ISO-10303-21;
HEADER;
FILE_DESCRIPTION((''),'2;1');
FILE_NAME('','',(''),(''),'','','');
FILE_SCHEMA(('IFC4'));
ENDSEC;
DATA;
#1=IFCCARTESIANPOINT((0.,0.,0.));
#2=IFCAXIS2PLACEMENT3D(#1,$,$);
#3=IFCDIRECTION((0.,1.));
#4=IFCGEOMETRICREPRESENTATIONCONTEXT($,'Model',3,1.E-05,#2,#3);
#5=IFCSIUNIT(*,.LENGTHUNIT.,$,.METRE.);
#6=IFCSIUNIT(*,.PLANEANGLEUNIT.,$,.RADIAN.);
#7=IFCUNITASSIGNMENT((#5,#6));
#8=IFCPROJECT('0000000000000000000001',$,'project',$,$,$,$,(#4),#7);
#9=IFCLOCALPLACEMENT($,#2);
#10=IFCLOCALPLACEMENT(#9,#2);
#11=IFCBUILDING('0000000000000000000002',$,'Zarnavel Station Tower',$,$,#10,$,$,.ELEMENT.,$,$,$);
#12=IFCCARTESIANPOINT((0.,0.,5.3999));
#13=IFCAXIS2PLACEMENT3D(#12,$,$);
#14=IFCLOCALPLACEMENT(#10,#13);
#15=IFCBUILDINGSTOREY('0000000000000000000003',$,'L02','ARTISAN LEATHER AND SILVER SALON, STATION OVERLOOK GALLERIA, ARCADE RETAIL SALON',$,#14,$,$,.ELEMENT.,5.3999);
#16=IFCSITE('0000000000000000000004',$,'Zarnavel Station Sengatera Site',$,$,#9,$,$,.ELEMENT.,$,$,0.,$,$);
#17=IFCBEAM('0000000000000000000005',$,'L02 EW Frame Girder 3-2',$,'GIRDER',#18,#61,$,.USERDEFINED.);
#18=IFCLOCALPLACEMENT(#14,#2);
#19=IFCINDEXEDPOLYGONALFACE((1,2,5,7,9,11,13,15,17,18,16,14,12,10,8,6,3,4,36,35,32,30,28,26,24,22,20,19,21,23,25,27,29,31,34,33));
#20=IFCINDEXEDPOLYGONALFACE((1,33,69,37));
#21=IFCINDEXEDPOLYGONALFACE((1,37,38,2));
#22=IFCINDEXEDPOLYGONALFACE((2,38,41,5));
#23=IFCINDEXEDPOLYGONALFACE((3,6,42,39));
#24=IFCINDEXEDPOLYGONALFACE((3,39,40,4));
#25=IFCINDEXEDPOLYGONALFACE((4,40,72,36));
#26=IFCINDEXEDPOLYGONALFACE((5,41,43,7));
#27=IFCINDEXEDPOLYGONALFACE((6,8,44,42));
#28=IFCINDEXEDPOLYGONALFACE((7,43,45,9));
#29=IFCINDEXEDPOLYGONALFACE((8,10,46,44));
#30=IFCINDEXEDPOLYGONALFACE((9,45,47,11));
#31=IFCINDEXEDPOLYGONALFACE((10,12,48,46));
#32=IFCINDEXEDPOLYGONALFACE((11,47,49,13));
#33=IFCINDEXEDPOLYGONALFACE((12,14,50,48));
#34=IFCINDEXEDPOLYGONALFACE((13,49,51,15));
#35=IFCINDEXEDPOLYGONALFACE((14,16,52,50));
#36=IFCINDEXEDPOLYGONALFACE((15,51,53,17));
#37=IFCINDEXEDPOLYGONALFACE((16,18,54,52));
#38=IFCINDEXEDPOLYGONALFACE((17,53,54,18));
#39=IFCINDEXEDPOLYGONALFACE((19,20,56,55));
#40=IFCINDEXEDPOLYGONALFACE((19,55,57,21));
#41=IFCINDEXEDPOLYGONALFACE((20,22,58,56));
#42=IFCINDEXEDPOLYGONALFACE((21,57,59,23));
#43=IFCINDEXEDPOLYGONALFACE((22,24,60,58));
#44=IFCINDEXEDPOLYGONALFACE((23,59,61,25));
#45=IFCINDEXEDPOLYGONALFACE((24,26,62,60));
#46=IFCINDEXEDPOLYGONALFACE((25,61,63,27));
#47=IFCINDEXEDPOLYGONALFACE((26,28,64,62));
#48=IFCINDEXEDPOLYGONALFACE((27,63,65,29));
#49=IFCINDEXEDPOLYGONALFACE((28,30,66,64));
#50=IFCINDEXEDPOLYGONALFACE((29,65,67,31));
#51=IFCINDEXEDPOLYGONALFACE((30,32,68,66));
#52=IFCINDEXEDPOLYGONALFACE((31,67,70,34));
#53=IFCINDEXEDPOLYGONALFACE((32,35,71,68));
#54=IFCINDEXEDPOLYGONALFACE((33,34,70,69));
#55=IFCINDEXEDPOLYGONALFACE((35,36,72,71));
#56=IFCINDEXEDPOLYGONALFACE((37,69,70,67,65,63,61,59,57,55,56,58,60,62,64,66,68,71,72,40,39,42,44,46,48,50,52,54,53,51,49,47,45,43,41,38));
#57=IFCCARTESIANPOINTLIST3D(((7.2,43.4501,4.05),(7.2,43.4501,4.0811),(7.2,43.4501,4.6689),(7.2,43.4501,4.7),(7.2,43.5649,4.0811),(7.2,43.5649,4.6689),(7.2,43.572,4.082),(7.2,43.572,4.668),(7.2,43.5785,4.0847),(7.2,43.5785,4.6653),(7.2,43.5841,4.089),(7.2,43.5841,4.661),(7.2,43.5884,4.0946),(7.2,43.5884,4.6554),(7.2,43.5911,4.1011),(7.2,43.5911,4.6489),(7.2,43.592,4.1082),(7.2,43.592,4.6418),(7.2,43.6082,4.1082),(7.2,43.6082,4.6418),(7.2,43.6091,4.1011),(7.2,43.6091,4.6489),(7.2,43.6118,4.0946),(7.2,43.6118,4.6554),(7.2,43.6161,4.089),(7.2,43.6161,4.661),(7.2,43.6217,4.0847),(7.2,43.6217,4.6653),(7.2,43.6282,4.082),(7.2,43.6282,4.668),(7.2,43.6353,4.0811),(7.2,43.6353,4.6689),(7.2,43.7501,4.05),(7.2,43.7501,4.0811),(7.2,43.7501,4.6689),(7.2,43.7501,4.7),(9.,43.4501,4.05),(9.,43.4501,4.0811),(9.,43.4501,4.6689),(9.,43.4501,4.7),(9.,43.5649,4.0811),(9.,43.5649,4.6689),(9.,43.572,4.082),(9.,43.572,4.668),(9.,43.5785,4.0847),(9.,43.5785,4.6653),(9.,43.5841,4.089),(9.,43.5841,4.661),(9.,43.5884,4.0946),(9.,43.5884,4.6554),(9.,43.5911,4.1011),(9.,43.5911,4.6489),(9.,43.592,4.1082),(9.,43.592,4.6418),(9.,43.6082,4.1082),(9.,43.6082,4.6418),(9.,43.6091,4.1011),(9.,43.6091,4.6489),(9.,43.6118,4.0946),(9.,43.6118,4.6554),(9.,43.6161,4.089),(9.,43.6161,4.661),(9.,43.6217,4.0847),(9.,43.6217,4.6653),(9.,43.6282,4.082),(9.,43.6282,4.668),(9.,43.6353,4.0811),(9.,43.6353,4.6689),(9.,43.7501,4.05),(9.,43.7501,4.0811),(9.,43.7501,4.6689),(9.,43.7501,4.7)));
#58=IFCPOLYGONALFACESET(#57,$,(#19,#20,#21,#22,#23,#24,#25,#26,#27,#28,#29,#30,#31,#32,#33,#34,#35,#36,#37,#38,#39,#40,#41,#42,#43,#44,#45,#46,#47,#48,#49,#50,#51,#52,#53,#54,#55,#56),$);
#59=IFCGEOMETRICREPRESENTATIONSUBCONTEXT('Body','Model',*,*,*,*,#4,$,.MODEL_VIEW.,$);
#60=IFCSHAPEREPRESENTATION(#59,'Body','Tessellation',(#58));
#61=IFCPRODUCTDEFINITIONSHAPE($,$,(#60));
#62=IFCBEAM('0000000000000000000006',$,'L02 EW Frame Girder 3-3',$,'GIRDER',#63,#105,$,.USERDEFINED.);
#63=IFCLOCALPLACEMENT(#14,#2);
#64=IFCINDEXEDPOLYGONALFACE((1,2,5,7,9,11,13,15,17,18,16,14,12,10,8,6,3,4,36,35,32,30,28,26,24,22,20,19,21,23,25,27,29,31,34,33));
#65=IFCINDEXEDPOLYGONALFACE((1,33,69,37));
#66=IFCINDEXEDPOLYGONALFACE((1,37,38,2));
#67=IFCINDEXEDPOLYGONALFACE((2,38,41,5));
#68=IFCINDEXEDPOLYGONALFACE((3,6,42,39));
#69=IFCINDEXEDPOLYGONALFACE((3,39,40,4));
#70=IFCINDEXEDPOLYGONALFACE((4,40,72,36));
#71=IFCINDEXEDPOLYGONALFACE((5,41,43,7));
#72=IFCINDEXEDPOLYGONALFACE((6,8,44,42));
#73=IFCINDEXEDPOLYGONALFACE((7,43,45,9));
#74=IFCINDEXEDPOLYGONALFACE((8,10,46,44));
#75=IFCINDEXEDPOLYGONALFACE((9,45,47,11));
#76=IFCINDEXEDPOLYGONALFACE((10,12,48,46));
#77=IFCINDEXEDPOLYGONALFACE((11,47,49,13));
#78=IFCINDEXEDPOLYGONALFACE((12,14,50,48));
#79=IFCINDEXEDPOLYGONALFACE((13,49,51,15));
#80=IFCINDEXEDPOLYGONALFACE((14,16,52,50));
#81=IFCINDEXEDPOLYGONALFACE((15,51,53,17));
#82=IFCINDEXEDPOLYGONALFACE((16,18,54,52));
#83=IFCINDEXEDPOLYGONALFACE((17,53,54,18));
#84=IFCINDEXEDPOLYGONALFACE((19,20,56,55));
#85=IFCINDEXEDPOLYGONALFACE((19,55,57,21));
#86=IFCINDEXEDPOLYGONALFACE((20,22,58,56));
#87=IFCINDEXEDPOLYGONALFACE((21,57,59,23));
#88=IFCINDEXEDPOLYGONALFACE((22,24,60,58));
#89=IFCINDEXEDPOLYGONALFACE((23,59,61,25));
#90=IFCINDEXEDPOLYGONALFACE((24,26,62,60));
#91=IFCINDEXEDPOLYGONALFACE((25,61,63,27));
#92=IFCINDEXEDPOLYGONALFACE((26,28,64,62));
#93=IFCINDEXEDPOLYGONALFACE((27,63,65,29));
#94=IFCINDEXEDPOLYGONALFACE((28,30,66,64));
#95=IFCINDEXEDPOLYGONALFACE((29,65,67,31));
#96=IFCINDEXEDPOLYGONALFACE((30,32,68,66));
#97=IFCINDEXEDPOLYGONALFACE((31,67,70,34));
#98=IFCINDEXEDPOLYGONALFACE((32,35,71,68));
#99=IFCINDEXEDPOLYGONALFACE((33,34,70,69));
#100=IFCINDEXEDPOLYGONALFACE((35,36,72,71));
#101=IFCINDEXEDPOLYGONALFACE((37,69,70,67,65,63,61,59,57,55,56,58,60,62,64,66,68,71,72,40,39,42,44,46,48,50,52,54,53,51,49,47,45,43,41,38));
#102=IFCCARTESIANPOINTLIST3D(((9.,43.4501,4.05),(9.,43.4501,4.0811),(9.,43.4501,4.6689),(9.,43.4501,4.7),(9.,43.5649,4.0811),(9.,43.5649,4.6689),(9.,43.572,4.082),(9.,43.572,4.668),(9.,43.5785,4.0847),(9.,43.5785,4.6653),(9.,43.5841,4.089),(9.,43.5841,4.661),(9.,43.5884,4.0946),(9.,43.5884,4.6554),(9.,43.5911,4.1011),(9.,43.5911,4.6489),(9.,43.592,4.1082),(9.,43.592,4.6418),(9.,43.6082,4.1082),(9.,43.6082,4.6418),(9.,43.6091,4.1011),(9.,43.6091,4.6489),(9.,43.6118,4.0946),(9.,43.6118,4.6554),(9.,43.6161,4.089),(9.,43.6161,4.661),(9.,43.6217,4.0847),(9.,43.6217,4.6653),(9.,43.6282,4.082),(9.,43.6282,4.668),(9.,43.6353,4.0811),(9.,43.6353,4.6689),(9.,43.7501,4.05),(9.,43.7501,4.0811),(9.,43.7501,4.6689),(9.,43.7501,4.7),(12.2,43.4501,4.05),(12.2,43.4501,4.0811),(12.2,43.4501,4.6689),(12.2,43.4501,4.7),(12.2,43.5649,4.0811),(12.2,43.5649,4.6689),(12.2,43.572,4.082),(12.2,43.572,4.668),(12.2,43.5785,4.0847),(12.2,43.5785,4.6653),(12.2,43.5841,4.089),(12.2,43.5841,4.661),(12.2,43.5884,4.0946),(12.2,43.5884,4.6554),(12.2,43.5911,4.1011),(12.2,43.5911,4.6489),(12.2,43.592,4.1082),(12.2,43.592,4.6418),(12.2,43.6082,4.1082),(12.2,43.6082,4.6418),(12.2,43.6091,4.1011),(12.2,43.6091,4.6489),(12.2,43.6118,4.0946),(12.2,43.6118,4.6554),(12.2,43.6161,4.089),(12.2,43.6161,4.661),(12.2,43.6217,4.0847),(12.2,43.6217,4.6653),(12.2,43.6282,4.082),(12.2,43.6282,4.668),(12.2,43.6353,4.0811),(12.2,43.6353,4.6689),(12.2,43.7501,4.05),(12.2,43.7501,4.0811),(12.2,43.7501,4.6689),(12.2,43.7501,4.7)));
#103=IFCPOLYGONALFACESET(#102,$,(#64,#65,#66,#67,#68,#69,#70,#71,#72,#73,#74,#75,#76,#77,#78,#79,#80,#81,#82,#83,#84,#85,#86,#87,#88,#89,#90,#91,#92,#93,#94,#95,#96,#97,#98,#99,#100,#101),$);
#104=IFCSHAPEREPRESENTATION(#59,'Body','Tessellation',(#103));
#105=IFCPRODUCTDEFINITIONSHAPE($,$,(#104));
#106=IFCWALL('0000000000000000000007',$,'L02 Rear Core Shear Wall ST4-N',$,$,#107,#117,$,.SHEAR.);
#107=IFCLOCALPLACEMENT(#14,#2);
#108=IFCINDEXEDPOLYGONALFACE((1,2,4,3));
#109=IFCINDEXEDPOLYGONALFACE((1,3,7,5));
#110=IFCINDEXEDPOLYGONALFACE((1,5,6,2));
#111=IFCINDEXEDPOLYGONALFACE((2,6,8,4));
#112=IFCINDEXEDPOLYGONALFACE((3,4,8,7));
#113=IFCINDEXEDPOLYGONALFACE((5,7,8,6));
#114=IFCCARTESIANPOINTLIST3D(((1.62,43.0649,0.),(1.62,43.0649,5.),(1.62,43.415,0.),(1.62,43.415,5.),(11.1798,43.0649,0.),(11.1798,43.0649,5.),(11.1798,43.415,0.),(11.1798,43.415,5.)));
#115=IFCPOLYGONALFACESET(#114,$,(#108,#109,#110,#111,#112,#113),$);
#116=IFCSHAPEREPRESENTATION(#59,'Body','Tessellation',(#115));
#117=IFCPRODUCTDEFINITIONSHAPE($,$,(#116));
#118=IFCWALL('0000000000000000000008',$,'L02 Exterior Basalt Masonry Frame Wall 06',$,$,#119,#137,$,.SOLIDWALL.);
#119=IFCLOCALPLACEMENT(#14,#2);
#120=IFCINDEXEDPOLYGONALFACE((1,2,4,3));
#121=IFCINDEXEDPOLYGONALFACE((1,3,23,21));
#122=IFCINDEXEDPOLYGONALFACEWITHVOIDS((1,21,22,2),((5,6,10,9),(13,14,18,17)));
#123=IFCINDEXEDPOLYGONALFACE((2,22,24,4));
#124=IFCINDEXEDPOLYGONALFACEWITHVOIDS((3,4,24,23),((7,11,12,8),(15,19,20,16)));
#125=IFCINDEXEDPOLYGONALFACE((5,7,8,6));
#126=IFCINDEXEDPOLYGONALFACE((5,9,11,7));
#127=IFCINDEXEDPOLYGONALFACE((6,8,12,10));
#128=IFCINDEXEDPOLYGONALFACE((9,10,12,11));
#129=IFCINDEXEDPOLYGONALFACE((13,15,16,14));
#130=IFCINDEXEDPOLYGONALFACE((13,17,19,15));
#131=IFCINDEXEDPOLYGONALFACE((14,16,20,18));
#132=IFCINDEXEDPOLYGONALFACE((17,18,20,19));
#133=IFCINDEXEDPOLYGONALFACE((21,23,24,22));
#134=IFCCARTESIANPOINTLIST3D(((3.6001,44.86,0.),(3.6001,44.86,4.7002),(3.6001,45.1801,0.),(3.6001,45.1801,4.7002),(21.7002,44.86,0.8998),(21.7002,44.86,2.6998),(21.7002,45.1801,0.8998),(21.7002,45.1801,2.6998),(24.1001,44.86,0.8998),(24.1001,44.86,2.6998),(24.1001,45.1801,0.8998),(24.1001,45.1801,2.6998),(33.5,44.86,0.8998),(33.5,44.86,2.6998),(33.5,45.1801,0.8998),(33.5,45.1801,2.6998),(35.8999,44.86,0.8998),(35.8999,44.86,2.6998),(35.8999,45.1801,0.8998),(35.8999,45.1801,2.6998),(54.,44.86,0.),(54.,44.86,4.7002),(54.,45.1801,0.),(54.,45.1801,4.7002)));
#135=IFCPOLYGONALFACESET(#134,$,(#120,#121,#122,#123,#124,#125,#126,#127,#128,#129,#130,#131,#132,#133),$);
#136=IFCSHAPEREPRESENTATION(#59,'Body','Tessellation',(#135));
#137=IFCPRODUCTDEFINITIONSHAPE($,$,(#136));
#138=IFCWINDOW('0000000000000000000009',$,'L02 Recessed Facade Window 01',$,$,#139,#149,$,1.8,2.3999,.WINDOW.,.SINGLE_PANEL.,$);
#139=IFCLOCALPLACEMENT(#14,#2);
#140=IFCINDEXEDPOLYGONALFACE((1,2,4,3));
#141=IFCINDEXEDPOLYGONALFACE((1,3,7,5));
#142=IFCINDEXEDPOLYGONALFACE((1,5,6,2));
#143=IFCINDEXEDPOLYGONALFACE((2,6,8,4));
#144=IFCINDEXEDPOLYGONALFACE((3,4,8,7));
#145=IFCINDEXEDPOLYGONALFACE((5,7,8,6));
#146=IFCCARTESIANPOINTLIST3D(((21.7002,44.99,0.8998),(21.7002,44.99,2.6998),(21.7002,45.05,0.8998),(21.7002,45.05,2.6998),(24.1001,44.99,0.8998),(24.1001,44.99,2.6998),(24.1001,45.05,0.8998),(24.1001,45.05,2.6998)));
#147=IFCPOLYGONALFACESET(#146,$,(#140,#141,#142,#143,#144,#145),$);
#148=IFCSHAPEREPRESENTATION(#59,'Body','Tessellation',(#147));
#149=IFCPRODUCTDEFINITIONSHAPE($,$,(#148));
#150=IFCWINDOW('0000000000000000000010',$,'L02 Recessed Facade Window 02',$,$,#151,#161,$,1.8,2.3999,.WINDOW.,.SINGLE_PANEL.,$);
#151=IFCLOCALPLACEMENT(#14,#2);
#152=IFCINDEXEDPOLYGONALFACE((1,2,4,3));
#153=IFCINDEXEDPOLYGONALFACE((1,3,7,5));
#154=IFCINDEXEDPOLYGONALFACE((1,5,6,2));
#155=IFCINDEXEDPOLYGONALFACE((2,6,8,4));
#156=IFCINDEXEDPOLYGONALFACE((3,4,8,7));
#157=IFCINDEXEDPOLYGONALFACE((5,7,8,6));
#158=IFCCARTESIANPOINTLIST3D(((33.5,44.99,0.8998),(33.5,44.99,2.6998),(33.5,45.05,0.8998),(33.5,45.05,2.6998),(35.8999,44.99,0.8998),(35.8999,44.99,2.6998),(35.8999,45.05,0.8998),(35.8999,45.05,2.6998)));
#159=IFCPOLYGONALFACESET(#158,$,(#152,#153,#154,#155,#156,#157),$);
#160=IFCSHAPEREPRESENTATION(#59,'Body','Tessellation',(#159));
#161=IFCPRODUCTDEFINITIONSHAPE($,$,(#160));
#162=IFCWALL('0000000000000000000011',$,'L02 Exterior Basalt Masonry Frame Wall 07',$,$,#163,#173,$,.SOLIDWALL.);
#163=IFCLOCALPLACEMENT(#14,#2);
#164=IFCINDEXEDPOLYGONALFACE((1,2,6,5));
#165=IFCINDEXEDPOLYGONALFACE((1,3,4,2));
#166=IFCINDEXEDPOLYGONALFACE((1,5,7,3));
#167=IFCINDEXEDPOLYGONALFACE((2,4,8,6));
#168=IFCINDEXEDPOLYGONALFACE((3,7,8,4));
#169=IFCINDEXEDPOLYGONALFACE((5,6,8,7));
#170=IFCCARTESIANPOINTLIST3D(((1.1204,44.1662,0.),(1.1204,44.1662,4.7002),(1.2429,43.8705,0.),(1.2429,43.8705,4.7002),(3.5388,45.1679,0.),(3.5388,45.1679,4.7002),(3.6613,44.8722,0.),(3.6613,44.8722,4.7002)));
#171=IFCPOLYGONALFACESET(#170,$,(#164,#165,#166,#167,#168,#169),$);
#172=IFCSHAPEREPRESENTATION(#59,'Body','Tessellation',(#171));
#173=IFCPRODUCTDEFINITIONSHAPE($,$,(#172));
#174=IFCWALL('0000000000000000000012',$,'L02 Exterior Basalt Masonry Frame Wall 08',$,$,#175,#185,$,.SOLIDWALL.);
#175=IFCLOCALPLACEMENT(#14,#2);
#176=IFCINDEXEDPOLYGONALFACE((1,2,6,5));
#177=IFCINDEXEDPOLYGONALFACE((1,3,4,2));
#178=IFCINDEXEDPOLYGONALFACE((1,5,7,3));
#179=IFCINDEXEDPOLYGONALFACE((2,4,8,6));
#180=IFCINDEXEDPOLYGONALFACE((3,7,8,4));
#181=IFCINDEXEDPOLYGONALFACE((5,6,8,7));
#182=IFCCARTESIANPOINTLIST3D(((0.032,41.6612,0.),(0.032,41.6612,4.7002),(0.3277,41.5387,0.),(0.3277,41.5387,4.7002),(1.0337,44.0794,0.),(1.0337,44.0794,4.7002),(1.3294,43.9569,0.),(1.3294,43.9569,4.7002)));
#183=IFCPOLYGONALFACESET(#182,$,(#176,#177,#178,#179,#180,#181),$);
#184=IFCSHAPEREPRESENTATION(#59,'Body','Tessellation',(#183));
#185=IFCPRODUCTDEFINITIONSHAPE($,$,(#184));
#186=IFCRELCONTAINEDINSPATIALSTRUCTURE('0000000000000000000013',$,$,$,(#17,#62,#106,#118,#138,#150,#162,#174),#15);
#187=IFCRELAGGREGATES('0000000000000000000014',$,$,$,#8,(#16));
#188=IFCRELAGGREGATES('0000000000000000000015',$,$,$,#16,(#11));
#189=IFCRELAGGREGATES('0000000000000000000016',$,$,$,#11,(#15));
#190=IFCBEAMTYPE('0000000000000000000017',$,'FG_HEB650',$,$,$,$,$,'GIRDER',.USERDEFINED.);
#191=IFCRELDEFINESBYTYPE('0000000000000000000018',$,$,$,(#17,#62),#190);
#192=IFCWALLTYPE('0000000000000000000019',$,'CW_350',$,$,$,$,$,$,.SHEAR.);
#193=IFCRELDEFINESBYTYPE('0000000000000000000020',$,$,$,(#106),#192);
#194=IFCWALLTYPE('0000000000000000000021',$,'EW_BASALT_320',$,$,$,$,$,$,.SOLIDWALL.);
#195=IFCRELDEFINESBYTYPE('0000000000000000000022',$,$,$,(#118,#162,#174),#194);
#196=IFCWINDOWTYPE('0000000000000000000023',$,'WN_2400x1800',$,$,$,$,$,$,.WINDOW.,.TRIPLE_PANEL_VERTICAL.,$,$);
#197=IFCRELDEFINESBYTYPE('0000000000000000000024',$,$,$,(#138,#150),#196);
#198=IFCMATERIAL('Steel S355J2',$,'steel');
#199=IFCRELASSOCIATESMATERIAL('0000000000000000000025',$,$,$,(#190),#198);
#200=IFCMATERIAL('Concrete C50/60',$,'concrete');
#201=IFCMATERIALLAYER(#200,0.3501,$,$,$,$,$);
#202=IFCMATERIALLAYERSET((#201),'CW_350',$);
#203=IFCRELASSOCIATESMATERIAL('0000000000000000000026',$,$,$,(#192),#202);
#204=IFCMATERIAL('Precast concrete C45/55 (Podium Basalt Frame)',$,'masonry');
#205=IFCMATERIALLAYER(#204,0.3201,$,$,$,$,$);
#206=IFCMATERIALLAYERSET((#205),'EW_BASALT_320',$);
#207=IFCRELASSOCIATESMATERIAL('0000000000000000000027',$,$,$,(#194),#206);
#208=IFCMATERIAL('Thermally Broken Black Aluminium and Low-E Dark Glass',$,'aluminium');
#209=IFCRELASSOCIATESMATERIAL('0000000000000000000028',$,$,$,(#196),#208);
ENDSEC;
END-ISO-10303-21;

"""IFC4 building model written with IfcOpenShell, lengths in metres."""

from ifc_helpers import new_model, si_unit, direction, frame, frame_2d, origin, origin_2d, place, context, subcontext, project, spatial, rectangle, i_section, extrude, material, layer, layer_set, material_profile, profile_set, type_object, element, fill, save


model = new_model("IFC4")

# Units and contexts
model_context = context("Model", 3, precision=1e-05, world=origin(), true_north=direction((0.0, 1.0)))
body_context = subcontext(model_context, "Body", "Model", "MODEL_VIEW")
ifc_project = project(units=[si_unit("LENGTHUNIT", "METRE"), si_unit("PLANEANGLEUNIT", "RADIAN")], contexts=[model_context])

# Site, building, storey
site_placement = place(None, origin())
site = spatial("IfcSite", under=ifc_project, at=site_placement, Name="Zarnavel Station Sengatera Site", CompositionType="ELEMENT", RefElevation=0.0)
building_placement = place(site_placement, origin())
building = spatial("IfcBuilding", under=site, at=building_placement, Name="Zarnavel Station Tower", CompositionType="ELEMENT")
storey_placement = place(building_placement, frame((0.0, 0.0, 5.3999)))
storey = spatial("IfcBuildingStorey", under=building, at=storey_placement, Name="L02", Description="ARTISAN LEATHER AND SILVER SALON, STATION OVERLOOK GALLERIA, ARCADE RETAIL SALON", CompositionType="ELEMENT", Elevation=5.3999)

# Beams
ifc_material_1 = material(Name="Steel S355J2", Category="steel")
ifc_material_profile_1 = material_profile(ifc_material_1, i_section(OverallWidth=0.3, OverallDepth=0.6499, WebThickness=0.0161, FlangeThickness=0.031, FilletRadius=0.0271, at=origin_2d()), Name="HEB650")
ifc_profile_set_1 = profile_set([ifc_material_profile_1], Name="Steel S355J2")
beam_type = type_object("IfcBeamType", Name="FG_HEB650", ElementType="GIRDER", PredefinedType="USERDEFINED", material=ifc_profile_set_1)
beam_1_placement = place(storey_placement, frame((7.2, 43.6001, 4.375), z_axis=(1.0, 0.0, 0.0), x_axis=(0.0, 1.0, 0.0)))
element("IfcBeam", 1, at=beam_1_placement, inside=storey, type_object=beam_type, Name="L02 EW Frame Girder 3-2", ObjectType="GIRDER", PredefinedType="USERDEFINED", context=body_context, shape_type="SweptSolid", body=[
    extrude(i_section(OverallWidth=0.3, OverallDepth=0.6499, WebThickness=0.0161, FlangeThickness=0.031, FilletRadius=0.0271, at=origin_2d()), origin(), (0.0, 0.0, 1.0), 1.8),
])
beam_2_placement = place(storey_placement, frame((9.0, 43.6001, 4.375), z_axis=(1.0, 0.0, 0.0), x_axis=(0.0, 1.0, 0.0)))
element("IfcBeam", 2, at=beam_2_placement, inside=storey, type_object=beam_type, Name="L02 EW Frame Girder 3-3", ObjectType="GIRDER", PredefinedType="USERDEFINED", context=body_context, shape_type="SweptSolid", body=[
    extrude(i_section(OverallWidth=0.3, OverallDepth=0.6499, WebThickness=0.0161, FlangeThickness=0.031, FilletRadius=0.0271, at=origin_2d()), origin(), (0.0, 0.0, 1.0), 3.2),
])

# Wall
ifc_material_2 = material(Name="Concrete C50/60", Category="concrete")
ifc_layer_1 = layer(ifc_material_2, 0.3501)
ifc_layer_set_1 = layer_set([ifc_layer_1], Name="CW_350")
wall_type_1 = type_object("IfcWallType", Name="CW_350", PredefinedType="SHEAR", material=ifc_layer_set_1)
wall_1_placement = place(storey_placement, frame((1.6201, 43.24, 0.0), z_axis=(0.0, 0.0, 1.0), x_axis=(1.0, 0.0, 0.0)))
element("IfcWall", 3, at=wall_1_placement, inside=storey, type_object=wall_type_1, Name="L02 Rear Core Shear Wall ST4-N", PredefinedType="SHEAR", context=body_context, shape_type="SweptSolid", body=[
    extrude(rectangle(XDim=9.5598, YDim=0.3501, at=frame_2d((4.7798, 0.0))), origin(), (0.0, 0.0, 1.0), 5.0),
])

# Wall, openings, windows
ifc_material_3 = material(Name="Precast concrete C45/55 (Podium Basalt Frame)", Category="masonry")
ifc_layer_2 = layer(ifc_material_3, 0.3201)
ifc_layer_set_2 = layer_set([ifc_layer_2], Name="EW_BASALT_320")
wall_type_2 = type_object("IfcWallType", Name="EW_BASALT_320", PredefinedType="SOLIDWALL", material=ifc_layer_set_2)
wall_2_placement = place(storey_placement, frame((3.6001, 45.02, 0.0), z_axis=(0.0, 0.0, 1.0), x_axis=(1.0, 0.0, 0.0)))
wall_2 = element("IfcWall", 4, at=wall_2_placement, inside=storey, type_object=wall_type_2, Name="L02 Exterior Basalt Masonry Frame Wall 06", PredefinedType="SOLIDWALL", context=body_context, shape_type="SweptSolid", body=[
    extrude(rectangle(XDim=50.3999, YDim=0.3201, at=frame_2d((25.2, 0.0))), origin(), (0.0, 0.0, 1.0), 4.7002),
])
opening_1_placement = place(wall_2_placement, frame((18.1001, 0.0, 0.8999)))
opening_1 = element("IfcOpeningElement", 5, at=opening_1_placement, cuts=wall_2, PredefinedType="OPENING", context=body_context, shape_type="SweptSolid", body=[
    extrude(rectangle(XDim=2.3999, YDim=1.8, at=frame_2d((1.2, 0.8999))), frame((0.0, 0.1699, 0.0), z_axis=(0.0, -1.0, 0.0), x_axis=(1.0, 0.0, 0.0)), (0.0, 0.0, 1.0), 0.3401),
])
opening_2_placement = place(wall_2_placement, frame((29.8999, 0.0, 0.8999)))
opening_2 = element("IfcOpeningElement", 6, at=opening_2_placement, cuts=wall_2, PredefinedType="OPENING", context=body_context, shape_type="SweptSolid", body=[
    extrude(rectangle(XDim=2.3999, YDim=1.8, at=frame_2d((1.2, 0.8999))), frame((0.0, 0.1699, 0.0), z_axis=(0.0, -1.0, 0.0), x_axis=(1.0, 0.0, 0.0)), (0.0, 0.0, 1.0), 0.3401),
])
ifc_material_4 = material(Name="Thermally Broken Black Aluminium and Low-E Dark Glass", Category="aluminium")
window_type = type_object("IfcWindowType", Name="WN_2400x1800", PartitioningType="TRIPLE_PANEL_VERTICAL", PredefinedType="WINDOW", material=ifc_material_4)
window_1_placement = place(opening_1_placement, origin())
window_1 = element("IfcWindow", 7, at=window_1_placement, inside=storey, type_object=window_type, Name="L02 Recessed Facade Window 01", OverallHeight=1.8, OverallWidth=2.3999, PartitioningType="SINGLE_PANEL", PredefinedType="WINDOW", context=body_context, shape_type="SweptSolid", body=[
    extrude(rectangle(XDim=2.3999, YDim=1.8, at=frame_2d((1.2, 0.8999))), frame((0.0, 0.03, 0.0), z_axis=(0.0, -1.0, 0.0), x_axis=(1.0, 0.0, 0.0)), (0.0, 0.0, 1.0), 0.0601),
])
fill(opening_1, window_1)
window_2_placement = place(opening_2_placement, origin())
window_2 = element("IfcWindow", 8, at=window_2_placement, inside=storey, type_object=window_type, Name="L02 Recessed Facade Window 02", OverallHeight=1.8, OverallWidth=2.3999, PartitioningType="SINGLE_PANEL", PredefinedType="WINDOW", context=body_context, shape_type="SweptSolid", body=[
    extrude(rectangle(XDim=2.3999, YDim=1.8, at=frame_2d((1.2, 0.8999))), frame((0.0, 0.03, 0.0), z_axis=(0.0, -1.0, 0.0), x_axis=(1.0, 0.0, 0.0)), (0.0, 0.0, 1.0), 0.0601),
])
fill(opening_2, window_2)

# Walls
wall_3_placement = place(storey_placement, frame((1.1816, 44.0183, 0.0), z_axis=(0.0, 0.0, 1.0), x_axis=(0.923886, 0.382668, 0.0)))
element("IfcWall", 9, at=wall_3_placement, inside=storey, type_object=wall_type_2, Name="L02 Exterior Basalt Masonry Frame Wall 07", PredefinedType="SOLIDWALL", context=body_context, shape_type="SweptSolid", body=[
    extrude(rectangle(XDim=2.6177, YDim=0.3201, at=frame_2d((1.3088, 0.0))), origin(), (0.0, 0.0, 1.0), 4.7002),
])
wall_4_placement = place(storey_placement, frame((0.1799, 41.6001, 0.0), z_axis=(0.0, 0.0, 1.0), x_axis=(0.382701, 0.923872, 0.0)))
element("IfcWall", 10, at=wall_4_placement, inside=storey, type_object=wall_type_2, Name="L02 Exterior Basalt Masonry Frame Wall 08", PredefinedType="SOLIDWALL", context=body_context, shape_type="SweptSolid", body=[
    extrude(rectangle(XDim=2.6174, YDim=0.3201, at=frame_2d((1.3086, 0.0))), origin(), (0.0, 0.0, 1.0), 4.7002),
])

save(model, "model.ifc")
